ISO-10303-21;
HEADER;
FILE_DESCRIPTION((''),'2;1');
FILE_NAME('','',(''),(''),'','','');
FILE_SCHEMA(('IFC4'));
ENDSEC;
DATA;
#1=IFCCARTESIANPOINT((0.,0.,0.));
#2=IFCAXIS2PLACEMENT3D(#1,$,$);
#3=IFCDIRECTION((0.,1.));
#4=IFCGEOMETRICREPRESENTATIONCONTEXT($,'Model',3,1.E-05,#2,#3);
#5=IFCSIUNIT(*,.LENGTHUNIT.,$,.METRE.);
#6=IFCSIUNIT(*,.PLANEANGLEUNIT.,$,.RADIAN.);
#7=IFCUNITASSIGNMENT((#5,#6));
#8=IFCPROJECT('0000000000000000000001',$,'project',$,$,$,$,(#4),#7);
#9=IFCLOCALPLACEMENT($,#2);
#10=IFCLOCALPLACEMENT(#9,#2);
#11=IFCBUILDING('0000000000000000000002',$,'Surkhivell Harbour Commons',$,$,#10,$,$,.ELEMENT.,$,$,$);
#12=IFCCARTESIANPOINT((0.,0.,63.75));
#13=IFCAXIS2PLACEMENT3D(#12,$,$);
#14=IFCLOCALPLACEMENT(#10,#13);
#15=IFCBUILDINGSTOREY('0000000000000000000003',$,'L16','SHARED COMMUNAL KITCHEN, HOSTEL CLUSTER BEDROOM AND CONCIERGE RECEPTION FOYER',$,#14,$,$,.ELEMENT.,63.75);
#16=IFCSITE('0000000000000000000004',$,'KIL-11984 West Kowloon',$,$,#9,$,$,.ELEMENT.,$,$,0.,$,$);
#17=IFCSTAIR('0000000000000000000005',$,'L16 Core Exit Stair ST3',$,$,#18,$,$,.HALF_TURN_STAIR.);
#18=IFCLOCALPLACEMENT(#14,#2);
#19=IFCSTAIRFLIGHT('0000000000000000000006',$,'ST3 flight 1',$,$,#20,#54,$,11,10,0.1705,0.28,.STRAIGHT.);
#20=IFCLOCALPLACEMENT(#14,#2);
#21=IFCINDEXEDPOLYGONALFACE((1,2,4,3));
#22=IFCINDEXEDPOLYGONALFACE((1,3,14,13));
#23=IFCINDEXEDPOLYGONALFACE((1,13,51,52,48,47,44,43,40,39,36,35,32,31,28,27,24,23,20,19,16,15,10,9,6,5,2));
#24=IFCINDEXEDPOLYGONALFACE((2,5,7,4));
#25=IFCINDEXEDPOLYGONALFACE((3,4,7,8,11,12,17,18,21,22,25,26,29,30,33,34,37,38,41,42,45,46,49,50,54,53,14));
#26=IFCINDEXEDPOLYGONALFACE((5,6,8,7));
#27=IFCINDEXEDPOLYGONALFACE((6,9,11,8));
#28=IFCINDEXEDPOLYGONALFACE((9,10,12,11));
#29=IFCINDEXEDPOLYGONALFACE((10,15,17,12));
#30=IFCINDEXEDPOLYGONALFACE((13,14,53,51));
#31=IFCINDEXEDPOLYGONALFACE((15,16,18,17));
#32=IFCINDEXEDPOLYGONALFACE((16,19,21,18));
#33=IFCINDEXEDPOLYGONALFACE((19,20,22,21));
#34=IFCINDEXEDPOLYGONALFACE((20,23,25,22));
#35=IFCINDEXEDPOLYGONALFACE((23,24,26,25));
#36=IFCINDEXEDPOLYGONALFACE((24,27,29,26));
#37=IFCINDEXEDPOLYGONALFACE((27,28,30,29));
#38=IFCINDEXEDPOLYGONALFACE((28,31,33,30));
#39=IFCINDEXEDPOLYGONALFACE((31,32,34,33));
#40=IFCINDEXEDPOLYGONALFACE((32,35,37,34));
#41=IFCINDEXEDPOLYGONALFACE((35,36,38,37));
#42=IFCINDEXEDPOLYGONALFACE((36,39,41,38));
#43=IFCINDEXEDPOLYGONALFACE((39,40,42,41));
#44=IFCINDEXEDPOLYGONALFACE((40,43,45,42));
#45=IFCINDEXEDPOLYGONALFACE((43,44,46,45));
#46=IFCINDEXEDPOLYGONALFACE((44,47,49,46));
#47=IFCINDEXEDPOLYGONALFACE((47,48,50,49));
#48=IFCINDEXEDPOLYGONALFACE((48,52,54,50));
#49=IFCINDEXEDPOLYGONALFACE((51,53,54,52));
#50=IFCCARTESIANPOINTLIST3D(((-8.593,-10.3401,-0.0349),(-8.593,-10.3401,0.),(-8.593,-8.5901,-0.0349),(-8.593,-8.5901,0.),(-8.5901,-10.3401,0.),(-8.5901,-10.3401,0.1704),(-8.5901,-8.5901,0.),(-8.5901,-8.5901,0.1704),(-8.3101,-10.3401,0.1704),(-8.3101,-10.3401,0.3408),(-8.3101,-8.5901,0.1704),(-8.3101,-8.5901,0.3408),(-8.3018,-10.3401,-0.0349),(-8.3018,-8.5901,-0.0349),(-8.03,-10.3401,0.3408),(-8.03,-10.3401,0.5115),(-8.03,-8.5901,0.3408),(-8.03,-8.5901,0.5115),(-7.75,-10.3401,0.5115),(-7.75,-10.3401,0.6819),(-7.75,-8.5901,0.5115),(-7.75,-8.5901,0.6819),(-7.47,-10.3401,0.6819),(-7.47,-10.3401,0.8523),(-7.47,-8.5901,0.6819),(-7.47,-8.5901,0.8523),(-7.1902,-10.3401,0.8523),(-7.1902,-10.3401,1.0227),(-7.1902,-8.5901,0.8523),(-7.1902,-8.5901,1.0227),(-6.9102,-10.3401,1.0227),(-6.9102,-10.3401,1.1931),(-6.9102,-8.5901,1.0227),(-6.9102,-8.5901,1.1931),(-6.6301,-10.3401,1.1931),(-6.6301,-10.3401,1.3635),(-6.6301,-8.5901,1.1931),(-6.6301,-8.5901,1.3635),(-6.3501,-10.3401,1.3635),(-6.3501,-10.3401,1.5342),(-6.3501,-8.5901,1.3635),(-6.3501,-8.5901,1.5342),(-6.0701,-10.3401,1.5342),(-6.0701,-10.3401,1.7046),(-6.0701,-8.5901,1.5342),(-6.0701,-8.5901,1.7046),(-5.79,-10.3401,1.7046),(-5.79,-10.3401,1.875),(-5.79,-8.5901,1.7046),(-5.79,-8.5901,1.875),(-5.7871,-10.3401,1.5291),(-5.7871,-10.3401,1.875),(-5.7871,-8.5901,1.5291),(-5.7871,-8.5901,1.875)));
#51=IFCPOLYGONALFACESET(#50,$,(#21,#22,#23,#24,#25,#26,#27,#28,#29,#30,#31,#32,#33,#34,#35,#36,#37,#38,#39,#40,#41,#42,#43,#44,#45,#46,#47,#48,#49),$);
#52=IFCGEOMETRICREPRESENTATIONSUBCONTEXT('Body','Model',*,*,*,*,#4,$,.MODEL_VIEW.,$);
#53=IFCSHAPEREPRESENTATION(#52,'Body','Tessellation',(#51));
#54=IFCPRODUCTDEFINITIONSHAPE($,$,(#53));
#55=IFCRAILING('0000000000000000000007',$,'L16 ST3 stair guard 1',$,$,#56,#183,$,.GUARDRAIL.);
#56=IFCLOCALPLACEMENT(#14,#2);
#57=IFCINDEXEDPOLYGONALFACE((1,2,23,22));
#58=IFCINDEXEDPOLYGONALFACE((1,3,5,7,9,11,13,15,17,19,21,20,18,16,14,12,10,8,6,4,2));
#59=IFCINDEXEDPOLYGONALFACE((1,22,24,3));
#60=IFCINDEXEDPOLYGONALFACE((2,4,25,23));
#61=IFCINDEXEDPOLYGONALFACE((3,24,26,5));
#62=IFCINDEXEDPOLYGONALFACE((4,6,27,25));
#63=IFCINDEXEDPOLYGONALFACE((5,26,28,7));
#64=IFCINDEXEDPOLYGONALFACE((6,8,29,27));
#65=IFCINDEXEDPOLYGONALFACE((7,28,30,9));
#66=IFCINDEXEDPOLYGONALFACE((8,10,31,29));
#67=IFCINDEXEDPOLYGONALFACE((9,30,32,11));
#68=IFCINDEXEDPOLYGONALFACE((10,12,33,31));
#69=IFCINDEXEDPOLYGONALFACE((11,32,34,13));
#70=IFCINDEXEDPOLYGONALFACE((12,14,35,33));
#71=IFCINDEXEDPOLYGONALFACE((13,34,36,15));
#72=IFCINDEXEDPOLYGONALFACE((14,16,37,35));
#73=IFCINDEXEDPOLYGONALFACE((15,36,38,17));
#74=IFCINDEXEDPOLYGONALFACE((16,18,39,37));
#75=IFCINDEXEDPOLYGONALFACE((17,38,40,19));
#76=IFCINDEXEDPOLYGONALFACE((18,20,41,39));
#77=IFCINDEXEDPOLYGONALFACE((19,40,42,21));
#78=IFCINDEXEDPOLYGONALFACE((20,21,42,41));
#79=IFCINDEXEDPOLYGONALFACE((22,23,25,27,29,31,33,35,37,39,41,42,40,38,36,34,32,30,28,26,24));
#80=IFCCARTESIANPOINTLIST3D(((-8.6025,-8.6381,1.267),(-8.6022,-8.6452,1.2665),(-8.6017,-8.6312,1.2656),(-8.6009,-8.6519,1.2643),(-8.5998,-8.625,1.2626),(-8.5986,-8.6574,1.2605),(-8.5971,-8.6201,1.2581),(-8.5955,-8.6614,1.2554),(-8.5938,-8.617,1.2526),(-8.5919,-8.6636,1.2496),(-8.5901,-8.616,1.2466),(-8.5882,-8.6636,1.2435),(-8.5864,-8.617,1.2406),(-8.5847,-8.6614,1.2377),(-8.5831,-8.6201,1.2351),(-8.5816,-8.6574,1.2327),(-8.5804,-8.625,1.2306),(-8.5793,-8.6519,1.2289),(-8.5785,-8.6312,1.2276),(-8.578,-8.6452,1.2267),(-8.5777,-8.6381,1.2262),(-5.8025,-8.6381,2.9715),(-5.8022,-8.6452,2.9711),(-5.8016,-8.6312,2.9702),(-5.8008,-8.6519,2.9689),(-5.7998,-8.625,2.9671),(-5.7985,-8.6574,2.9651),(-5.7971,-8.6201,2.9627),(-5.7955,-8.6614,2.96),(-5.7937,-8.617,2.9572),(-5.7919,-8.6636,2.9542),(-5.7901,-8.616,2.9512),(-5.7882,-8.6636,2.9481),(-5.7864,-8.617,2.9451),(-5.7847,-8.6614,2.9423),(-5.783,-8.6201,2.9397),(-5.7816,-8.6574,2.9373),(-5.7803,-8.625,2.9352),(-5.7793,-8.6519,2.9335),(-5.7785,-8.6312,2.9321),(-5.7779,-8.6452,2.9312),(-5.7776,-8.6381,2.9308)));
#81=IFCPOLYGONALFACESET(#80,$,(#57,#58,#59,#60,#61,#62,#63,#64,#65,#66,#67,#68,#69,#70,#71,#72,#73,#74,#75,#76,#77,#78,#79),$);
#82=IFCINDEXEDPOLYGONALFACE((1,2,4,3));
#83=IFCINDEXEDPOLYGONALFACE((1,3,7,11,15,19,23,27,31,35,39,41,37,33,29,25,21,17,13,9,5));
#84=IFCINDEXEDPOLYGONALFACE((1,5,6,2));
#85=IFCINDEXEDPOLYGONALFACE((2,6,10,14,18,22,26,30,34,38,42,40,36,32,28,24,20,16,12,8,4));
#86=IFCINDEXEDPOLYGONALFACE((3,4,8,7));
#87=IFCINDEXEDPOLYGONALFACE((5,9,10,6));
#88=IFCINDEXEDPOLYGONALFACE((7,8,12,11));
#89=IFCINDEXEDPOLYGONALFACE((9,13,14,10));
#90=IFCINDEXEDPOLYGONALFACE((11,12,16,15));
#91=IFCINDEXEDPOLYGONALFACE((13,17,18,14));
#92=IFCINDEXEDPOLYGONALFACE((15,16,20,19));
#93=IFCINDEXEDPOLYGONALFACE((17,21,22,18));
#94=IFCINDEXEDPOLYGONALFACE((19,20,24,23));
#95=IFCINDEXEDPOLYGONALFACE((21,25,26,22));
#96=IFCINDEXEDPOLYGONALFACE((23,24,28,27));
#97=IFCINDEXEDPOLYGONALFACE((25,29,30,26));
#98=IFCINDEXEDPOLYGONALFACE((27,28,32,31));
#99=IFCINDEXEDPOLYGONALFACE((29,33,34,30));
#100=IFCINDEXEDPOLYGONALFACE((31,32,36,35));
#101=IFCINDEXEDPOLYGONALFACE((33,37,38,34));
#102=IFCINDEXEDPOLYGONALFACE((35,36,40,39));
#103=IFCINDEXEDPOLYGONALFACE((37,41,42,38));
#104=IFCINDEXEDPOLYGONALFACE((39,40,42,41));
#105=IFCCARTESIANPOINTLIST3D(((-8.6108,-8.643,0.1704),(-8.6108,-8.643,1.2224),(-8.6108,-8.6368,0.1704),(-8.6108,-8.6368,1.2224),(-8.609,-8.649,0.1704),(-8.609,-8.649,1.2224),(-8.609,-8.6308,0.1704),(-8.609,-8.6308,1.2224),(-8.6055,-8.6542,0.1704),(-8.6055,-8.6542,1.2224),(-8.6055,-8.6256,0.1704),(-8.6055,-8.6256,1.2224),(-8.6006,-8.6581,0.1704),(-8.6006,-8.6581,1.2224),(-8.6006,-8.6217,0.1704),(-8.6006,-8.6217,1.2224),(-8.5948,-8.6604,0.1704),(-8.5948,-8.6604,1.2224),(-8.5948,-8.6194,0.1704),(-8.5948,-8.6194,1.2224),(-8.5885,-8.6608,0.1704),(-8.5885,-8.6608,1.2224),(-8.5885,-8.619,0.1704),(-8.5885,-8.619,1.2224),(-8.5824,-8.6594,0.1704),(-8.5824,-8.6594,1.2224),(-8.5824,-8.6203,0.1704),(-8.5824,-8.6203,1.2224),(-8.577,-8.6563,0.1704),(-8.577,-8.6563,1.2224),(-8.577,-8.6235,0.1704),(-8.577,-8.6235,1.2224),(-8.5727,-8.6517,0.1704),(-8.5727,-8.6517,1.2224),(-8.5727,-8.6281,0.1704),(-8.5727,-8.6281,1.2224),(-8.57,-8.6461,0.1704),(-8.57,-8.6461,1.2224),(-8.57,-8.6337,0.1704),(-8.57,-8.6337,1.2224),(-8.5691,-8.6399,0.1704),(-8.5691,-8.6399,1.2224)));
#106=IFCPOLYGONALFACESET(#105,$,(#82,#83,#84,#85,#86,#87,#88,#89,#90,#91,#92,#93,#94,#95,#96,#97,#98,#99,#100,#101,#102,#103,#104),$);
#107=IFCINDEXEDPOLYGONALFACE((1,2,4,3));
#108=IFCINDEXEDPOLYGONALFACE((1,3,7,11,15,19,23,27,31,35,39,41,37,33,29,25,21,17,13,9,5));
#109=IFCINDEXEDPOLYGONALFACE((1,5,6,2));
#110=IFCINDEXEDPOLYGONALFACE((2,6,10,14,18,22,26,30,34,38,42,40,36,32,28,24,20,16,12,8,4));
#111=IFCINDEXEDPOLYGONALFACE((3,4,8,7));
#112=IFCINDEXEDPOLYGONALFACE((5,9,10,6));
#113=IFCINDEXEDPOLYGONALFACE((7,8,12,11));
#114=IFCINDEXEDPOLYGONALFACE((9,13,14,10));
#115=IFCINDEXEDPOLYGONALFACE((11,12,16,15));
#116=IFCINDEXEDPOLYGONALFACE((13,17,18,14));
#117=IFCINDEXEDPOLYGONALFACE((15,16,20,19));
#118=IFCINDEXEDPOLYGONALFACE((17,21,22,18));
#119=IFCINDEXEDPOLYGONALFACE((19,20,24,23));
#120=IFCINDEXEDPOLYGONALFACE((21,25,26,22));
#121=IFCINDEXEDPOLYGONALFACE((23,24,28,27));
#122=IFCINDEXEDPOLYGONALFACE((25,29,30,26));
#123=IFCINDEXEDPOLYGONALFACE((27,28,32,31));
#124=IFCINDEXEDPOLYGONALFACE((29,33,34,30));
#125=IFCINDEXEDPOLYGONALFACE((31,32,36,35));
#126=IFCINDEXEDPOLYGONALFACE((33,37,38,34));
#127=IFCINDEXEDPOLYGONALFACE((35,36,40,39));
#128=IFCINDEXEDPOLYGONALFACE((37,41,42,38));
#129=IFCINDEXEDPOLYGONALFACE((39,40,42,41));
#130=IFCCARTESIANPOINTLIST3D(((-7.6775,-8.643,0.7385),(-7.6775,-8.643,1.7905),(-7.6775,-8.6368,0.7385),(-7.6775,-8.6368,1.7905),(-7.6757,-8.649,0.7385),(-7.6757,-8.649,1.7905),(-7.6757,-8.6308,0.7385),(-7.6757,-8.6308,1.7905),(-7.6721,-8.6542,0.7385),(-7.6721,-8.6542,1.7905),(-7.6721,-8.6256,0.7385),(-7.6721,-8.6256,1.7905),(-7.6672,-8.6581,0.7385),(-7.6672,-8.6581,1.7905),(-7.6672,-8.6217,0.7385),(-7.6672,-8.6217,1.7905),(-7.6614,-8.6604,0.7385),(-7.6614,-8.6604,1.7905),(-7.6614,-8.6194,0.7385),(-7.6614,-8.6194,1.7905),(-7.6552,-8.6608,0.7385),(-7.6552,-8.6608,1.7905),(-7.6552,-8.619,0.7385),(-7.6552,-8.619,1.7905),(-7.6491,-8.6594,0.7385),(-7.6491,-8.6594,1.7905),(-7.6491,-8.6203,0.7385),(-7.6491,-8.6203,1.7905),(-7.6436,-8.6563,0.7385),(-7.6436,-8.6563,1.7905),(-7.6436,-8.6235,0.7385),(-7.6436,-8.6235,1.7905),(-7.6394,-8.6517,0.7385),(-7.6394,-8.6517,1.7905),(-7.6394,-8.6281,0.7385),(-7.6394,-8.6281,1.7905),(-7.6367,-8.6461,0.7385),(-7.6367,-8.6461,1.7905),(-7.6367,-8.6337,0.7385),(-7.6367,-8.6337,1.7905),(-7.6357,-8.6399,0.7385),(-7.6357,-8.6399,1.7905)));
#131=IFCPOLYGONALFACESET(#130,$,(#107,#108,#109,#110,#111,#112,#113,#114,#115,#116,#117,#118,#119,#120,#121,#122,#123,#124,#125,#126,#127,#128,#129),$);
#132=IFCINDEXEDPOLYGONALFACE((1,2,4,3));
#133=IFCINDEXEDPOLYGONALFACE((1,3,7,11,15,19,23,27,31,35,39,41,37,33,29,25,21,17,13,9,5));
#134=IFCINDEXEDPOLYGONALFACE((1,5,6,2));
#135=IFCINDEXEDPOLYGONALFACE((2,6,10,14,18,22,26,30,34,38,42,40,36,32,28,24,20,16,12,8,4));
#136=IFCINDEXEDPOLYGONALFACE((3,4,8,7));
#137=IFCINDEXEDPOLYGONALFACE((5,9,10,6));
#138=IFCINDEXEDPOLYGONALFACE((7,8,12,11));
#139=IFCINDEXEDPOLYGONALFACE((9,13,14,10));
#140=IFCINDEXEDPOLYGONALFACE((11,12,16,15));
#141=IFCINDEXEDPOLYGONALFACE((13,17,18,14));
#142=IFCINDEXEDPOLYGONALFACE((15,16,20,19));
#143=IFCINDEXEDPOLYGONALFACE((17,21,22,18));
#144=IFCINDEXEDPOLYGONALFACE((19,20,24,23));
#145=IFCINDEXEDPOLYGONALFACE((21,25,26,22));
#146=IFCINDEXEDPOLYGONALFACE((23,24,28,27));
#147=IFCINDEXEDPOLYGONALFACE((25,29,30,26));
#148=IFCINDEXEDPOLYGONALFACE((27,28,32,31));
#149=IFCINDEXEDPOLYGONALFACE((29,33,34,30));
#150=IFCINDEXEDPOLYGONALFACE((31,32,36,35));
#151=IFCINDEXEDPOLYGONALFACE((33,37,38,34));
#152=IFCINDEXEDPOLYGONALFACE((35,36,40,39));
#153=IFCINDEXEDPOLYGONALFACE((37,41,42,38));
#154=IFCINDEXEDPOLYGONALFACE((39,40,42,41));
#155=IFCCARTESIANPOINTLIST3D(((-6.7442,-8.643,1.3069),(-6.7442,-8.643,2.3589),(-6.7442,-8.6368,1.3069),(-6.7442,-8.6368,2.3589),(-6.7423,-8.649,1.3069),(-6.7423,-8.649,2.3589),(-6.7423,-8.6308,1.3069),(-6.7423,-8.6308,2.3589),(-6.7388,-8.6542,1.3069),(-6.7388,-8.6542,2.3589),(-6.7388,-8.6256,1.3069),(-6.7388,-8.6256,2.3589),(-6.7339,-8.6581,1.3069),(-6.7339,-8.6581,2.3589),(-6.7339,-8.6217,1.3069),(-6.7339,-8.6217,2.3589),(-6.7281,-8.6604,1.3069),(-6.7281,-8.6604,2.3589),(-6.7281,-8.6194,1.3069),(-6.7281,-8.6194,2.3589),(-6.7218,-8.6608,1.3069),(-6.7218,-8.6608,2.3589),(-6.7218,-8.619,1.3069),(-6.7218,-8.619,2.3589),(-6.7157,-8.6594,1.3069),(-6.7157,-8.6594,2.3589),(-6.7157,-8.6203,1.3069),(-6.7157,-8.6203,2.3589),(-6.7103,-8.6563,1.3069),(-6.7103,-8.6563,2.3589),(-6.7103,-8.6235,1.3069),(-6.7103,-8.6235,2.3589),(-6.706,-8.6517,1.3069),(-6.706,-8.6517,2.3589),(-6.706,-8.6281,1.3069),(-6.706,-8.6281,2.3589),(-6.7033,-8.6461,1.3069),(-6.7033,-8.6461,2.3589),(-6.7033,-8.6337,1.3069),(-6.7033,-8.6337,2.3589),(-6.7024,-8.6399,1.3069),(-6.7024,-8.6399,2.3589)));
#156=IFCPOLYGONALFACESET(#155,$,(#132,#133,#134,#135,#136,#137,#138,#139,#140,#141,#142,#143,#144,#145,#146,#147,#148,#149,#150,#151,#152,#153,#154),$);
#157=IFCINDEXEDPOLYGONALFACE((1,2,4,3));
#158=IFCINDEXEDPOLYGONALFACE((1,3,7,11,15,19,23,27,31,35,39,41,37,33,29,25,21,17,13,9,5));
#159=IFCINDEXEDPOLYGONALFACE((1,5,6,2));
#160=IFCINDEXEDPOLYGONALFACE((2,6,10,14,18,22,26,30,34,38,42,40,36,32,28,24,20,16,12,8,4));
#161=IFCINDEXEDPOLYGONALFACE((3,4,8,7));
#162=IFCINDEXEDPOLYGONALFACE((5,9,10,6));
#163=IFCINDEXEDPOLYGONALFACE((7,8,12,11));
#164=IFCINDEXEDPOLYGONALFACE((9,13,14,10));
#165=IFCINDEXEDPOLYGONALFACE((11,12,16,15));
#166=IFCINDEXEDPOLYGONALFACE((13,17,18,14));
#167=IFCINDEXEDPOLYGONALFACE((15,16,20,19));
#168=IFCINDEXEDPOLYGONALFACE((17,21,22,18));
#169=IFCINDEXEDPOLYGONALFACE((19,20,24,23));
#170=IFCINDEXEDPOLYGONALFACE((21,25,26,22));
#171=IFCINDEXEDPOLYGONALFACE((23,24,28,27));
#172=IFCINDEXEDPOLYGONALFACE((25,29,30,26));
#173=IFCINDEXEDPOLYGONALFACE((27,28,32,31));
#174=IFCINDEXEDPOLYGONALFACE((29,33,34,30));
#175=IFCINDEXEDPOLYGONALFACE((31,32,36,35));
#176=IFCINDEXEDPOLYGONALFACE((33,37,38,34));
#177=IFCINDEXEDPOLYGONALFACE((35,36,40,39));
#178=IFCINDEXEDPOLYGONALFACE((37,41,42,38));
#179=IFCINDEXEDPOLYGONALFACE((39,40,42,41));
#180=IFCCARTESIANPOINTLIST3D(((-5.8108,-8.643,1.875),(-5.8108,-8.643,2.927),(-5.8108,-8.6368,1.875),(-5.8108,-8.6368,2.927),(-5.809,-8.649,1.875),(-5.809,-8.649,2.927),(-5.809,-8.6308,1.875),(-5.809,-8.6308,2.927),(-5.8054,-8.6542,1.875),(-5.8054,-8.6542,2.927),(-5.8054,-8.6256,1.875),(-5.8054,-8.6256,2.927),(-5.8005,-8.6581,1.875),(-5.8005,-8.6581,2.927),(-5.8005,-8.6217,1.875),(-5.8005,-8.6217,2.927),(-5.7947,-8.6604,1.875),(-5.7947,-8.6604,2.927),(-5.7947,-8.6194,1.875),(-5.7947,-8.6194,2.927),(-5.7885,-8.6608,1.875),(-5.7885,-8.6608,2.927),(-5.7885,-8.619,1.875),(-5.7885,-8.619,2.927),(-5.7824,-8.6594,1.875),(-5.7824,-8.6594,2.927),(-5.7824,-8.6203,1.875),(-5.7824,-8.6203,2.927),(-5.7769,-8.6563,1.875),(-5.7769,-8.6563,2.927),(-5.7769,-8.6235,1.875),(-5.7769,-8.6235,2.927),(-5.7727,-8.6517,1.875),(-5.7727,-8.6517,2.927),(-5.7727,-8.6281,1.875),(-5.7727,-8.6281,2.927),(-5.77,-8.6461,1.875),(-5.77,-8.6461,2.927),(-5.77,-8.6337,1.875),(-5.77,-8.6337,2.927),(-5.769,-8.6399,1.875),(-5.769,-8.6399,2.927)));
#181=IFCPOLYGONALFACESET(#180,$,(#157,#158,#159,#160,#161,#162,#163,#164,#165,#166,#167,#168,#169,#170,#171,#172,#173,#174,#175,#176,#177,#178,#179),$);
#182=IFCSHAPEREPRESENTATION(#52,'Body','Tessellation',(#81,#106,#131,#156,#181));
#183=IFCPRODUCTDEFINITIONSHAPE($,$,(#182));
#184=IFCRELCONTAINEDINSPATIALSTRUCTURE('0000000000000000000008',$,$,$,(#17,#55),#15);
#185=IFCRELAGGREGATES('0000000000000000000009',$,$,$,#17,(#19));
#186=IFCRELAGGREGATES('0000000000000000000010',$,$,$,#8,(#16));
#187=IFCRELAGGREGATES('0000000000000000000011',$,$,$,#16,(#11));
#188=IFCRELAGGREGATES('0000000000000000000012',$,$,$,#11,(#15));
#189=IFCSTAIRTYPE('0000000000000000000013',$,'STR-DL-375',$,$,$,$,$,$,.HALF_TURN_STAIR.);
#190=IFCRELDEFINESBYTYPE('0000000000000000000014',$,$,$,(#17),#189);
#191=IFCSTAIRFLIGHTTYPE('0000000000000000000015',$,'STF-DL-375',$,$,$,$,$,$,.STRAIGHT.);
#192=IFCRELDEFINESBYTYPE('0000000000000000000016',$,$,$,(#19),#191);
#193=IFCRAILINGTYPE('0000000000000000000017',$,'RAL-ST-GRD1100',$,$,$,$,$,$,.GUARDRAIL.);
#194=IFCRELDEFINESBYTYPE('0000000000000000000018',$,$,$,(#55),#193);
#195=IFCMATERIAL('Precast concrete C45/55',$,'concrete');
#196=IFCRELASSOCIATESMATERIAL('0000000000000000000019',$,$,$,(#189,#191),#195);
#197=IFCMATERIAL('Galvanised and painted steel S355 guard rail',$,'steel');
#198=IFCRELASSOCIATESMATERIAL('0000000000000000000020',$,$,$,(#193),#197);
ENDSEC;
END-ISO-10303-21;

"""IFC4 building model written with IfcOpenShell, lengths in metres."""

from ifc_helpers import new_model, si_unit, direction, frame, origin, origin_2d, place, context, subcontext, project, spatial, polyline, circle, outline, extrude, material, type_object, element, aggregate, save


model = new_model("IFC4")

# Units and contexts
model_context = context("Model", 3, precision=1e-05, world=origin(), true_north=direction((0.0, 1.0)))
body_context = subcontext(model_context, "Body", "Model", "MODEL_VIEW")
ifc_project = project(units=[si_unit("LENGTHUNIT", "METRE"), si_unit("PLANEANGLEUNIT", "RADIAN")], contexts=[model_context])

# Site, building, storey
site_placement = place(None, origin())
site = spatial("IfcSite", under=ifc_project, at=site_placement, Name="KIL-11984 West Kowloon", CompositionType="ELEMENT", RefElevation=0.0)
building_placement = place(site_placement, origin())
building = spatial("IfcBuilding", under=site, at=building_placement, Name="Surkhivell Harbour Commons", CompositionType="ELEMENT")
storey_placement = place(building_placement, frame((0.0, 0.0, 63.75)))
storey = spatial("IfcBuildingStorey", under=building, at=storey_placement, Name="L16", Description="SHARED COMMUNAL KITCHEN, HOSTEL CLUSTER BEDROOM AND CONCIERGE RECEPTION FOYER", CompositionType="ELEMENT", Elevation=63.75)

# Stair, stair flight
ifc_material_1 = material(Name="Precast concrete C45/55", Category="concrete")
stair_type = type_object("IfcStairType", Name="STR-DL-375", PredefinedType="HALF_TURN_STAIR", material=ifc_material_1)
stair_placement = place(storey_placement, origin())
stair = element("IfcStair", 1, at=stair_placement, inside=storey, type_object=stair_type, Name="L16 Core Exit Stair ST3", PredefinedType="HALF_TURN_STAIR")
stair_flight_type = type_object("IfcStairFlightType", Name="STF-DL-375", PredefinedType="STRAIGHT", material=ifc_material_1)
stair_flight_placement = place(storey_placement, frame((-8.5901, -9.4651, 0.0), z_axis=(0.0, 0.0, 1.0), x_axis=(1.0, 0.0, 0.0)))
stair_flight = element("IfcStairFlight", 2, at=stair_flight_placement, type_object=stair_flight_type, Name="ST3 flight 1", NumberOfRisers=11, NumberOfTreads=10, PredefinedType="STRAIGHT", RiserHeight=0.1705, TreadLength=0.28, context=body_context, shape_type="SweptSolid", body=[
    extrude(outline(polyline([(-0.0029, -0.0349), (-0.0029, 0.0), (0.0, 0.0), (0.0, 0.1704), (0.28, 0.1704), (0.28, 0.3408), (0.5601, 0.3408), (0.5601, 0.5115), (0.8401, 0.5115), (0.8401, 0.6819), (1.1201, 0.6819), (1.1201, 0.8523), (1.3999, 0.8523), (1.3999, 1.0227), (1.6799, 1.0227), (1.6799, 1.1931), (1.96, 1.1931), (1.96, 1.3635), (2.24, 1.3635), (2.24, 1.5342), (2.52, 1.5342), (2.52, 1.7046), (2.8, 1.7046), (2.8, 1.875), (2.803, 1.875), (2.803, 1.5291), (0.2883, -0.0349), (-0.0029, -0.0349)])), frame((0.0, 0.875, 0.0), z_axis=(0.0, -1.0, 0.0), x_axis=(1.0, 0.0, 0.0)), (0.0, 0.0, 1.0), 1.75),
])
aggregate(stair, [stair_flight])

# Railing
ifc_material_2 = material(Name="Galvanised and painted steel S355 guard rail", Category="steel")
railing_type_1 = type_object("IfcRailingType", Name="RAL-ST-GRD1100", PredefinedType="GUARDRAIL", material=ifc_material_2)
railing_1_placement = place(storey_placement, frame((-8.5901, -8.6399, 0.1704)))
element("IfcRailing", 3, at=railing_1_placement, inside=storey, type_object=railing_type_1, Name="L16 ST3 stair guard 1", PredefinedType="GUARDRAIL", context=body_context, shape_type="SweptSolid", body=[
    extrude(circle(Radius=0.0239, at=origin_2d()), frame((0.0, 0.0, 1.0762), z_axis=(0.85417, 0.0, 0.519994), x_axis=(0.0, 1.0, 0.0)), (0.0, 0.0, 1.0), 3.2781),
    extrude(circle(Radius=0.021, at=origin_2d()), origin(), (0.0, 0.0, 1.0), 1.052),
    extrude(circle(Radius=0.021, at=origin_2d()), frame((0.9333, 0.0, 0.5681)), (0.0, 0.0, 1.0), 1.052),
    extrude(circle(Radius=0.021, at=origin_2d()), frame((1.8667, 0.0, 1.1365)), (0.0, 0.0, 1.0), 1.052),
    extrude(circle(Radius=0.021, at=origin_2d()), frame((2.8, 0.0, 1.7046)), (0.0, 0.0, 1.0), 1.052),
])

save(model, "model.ifc")
